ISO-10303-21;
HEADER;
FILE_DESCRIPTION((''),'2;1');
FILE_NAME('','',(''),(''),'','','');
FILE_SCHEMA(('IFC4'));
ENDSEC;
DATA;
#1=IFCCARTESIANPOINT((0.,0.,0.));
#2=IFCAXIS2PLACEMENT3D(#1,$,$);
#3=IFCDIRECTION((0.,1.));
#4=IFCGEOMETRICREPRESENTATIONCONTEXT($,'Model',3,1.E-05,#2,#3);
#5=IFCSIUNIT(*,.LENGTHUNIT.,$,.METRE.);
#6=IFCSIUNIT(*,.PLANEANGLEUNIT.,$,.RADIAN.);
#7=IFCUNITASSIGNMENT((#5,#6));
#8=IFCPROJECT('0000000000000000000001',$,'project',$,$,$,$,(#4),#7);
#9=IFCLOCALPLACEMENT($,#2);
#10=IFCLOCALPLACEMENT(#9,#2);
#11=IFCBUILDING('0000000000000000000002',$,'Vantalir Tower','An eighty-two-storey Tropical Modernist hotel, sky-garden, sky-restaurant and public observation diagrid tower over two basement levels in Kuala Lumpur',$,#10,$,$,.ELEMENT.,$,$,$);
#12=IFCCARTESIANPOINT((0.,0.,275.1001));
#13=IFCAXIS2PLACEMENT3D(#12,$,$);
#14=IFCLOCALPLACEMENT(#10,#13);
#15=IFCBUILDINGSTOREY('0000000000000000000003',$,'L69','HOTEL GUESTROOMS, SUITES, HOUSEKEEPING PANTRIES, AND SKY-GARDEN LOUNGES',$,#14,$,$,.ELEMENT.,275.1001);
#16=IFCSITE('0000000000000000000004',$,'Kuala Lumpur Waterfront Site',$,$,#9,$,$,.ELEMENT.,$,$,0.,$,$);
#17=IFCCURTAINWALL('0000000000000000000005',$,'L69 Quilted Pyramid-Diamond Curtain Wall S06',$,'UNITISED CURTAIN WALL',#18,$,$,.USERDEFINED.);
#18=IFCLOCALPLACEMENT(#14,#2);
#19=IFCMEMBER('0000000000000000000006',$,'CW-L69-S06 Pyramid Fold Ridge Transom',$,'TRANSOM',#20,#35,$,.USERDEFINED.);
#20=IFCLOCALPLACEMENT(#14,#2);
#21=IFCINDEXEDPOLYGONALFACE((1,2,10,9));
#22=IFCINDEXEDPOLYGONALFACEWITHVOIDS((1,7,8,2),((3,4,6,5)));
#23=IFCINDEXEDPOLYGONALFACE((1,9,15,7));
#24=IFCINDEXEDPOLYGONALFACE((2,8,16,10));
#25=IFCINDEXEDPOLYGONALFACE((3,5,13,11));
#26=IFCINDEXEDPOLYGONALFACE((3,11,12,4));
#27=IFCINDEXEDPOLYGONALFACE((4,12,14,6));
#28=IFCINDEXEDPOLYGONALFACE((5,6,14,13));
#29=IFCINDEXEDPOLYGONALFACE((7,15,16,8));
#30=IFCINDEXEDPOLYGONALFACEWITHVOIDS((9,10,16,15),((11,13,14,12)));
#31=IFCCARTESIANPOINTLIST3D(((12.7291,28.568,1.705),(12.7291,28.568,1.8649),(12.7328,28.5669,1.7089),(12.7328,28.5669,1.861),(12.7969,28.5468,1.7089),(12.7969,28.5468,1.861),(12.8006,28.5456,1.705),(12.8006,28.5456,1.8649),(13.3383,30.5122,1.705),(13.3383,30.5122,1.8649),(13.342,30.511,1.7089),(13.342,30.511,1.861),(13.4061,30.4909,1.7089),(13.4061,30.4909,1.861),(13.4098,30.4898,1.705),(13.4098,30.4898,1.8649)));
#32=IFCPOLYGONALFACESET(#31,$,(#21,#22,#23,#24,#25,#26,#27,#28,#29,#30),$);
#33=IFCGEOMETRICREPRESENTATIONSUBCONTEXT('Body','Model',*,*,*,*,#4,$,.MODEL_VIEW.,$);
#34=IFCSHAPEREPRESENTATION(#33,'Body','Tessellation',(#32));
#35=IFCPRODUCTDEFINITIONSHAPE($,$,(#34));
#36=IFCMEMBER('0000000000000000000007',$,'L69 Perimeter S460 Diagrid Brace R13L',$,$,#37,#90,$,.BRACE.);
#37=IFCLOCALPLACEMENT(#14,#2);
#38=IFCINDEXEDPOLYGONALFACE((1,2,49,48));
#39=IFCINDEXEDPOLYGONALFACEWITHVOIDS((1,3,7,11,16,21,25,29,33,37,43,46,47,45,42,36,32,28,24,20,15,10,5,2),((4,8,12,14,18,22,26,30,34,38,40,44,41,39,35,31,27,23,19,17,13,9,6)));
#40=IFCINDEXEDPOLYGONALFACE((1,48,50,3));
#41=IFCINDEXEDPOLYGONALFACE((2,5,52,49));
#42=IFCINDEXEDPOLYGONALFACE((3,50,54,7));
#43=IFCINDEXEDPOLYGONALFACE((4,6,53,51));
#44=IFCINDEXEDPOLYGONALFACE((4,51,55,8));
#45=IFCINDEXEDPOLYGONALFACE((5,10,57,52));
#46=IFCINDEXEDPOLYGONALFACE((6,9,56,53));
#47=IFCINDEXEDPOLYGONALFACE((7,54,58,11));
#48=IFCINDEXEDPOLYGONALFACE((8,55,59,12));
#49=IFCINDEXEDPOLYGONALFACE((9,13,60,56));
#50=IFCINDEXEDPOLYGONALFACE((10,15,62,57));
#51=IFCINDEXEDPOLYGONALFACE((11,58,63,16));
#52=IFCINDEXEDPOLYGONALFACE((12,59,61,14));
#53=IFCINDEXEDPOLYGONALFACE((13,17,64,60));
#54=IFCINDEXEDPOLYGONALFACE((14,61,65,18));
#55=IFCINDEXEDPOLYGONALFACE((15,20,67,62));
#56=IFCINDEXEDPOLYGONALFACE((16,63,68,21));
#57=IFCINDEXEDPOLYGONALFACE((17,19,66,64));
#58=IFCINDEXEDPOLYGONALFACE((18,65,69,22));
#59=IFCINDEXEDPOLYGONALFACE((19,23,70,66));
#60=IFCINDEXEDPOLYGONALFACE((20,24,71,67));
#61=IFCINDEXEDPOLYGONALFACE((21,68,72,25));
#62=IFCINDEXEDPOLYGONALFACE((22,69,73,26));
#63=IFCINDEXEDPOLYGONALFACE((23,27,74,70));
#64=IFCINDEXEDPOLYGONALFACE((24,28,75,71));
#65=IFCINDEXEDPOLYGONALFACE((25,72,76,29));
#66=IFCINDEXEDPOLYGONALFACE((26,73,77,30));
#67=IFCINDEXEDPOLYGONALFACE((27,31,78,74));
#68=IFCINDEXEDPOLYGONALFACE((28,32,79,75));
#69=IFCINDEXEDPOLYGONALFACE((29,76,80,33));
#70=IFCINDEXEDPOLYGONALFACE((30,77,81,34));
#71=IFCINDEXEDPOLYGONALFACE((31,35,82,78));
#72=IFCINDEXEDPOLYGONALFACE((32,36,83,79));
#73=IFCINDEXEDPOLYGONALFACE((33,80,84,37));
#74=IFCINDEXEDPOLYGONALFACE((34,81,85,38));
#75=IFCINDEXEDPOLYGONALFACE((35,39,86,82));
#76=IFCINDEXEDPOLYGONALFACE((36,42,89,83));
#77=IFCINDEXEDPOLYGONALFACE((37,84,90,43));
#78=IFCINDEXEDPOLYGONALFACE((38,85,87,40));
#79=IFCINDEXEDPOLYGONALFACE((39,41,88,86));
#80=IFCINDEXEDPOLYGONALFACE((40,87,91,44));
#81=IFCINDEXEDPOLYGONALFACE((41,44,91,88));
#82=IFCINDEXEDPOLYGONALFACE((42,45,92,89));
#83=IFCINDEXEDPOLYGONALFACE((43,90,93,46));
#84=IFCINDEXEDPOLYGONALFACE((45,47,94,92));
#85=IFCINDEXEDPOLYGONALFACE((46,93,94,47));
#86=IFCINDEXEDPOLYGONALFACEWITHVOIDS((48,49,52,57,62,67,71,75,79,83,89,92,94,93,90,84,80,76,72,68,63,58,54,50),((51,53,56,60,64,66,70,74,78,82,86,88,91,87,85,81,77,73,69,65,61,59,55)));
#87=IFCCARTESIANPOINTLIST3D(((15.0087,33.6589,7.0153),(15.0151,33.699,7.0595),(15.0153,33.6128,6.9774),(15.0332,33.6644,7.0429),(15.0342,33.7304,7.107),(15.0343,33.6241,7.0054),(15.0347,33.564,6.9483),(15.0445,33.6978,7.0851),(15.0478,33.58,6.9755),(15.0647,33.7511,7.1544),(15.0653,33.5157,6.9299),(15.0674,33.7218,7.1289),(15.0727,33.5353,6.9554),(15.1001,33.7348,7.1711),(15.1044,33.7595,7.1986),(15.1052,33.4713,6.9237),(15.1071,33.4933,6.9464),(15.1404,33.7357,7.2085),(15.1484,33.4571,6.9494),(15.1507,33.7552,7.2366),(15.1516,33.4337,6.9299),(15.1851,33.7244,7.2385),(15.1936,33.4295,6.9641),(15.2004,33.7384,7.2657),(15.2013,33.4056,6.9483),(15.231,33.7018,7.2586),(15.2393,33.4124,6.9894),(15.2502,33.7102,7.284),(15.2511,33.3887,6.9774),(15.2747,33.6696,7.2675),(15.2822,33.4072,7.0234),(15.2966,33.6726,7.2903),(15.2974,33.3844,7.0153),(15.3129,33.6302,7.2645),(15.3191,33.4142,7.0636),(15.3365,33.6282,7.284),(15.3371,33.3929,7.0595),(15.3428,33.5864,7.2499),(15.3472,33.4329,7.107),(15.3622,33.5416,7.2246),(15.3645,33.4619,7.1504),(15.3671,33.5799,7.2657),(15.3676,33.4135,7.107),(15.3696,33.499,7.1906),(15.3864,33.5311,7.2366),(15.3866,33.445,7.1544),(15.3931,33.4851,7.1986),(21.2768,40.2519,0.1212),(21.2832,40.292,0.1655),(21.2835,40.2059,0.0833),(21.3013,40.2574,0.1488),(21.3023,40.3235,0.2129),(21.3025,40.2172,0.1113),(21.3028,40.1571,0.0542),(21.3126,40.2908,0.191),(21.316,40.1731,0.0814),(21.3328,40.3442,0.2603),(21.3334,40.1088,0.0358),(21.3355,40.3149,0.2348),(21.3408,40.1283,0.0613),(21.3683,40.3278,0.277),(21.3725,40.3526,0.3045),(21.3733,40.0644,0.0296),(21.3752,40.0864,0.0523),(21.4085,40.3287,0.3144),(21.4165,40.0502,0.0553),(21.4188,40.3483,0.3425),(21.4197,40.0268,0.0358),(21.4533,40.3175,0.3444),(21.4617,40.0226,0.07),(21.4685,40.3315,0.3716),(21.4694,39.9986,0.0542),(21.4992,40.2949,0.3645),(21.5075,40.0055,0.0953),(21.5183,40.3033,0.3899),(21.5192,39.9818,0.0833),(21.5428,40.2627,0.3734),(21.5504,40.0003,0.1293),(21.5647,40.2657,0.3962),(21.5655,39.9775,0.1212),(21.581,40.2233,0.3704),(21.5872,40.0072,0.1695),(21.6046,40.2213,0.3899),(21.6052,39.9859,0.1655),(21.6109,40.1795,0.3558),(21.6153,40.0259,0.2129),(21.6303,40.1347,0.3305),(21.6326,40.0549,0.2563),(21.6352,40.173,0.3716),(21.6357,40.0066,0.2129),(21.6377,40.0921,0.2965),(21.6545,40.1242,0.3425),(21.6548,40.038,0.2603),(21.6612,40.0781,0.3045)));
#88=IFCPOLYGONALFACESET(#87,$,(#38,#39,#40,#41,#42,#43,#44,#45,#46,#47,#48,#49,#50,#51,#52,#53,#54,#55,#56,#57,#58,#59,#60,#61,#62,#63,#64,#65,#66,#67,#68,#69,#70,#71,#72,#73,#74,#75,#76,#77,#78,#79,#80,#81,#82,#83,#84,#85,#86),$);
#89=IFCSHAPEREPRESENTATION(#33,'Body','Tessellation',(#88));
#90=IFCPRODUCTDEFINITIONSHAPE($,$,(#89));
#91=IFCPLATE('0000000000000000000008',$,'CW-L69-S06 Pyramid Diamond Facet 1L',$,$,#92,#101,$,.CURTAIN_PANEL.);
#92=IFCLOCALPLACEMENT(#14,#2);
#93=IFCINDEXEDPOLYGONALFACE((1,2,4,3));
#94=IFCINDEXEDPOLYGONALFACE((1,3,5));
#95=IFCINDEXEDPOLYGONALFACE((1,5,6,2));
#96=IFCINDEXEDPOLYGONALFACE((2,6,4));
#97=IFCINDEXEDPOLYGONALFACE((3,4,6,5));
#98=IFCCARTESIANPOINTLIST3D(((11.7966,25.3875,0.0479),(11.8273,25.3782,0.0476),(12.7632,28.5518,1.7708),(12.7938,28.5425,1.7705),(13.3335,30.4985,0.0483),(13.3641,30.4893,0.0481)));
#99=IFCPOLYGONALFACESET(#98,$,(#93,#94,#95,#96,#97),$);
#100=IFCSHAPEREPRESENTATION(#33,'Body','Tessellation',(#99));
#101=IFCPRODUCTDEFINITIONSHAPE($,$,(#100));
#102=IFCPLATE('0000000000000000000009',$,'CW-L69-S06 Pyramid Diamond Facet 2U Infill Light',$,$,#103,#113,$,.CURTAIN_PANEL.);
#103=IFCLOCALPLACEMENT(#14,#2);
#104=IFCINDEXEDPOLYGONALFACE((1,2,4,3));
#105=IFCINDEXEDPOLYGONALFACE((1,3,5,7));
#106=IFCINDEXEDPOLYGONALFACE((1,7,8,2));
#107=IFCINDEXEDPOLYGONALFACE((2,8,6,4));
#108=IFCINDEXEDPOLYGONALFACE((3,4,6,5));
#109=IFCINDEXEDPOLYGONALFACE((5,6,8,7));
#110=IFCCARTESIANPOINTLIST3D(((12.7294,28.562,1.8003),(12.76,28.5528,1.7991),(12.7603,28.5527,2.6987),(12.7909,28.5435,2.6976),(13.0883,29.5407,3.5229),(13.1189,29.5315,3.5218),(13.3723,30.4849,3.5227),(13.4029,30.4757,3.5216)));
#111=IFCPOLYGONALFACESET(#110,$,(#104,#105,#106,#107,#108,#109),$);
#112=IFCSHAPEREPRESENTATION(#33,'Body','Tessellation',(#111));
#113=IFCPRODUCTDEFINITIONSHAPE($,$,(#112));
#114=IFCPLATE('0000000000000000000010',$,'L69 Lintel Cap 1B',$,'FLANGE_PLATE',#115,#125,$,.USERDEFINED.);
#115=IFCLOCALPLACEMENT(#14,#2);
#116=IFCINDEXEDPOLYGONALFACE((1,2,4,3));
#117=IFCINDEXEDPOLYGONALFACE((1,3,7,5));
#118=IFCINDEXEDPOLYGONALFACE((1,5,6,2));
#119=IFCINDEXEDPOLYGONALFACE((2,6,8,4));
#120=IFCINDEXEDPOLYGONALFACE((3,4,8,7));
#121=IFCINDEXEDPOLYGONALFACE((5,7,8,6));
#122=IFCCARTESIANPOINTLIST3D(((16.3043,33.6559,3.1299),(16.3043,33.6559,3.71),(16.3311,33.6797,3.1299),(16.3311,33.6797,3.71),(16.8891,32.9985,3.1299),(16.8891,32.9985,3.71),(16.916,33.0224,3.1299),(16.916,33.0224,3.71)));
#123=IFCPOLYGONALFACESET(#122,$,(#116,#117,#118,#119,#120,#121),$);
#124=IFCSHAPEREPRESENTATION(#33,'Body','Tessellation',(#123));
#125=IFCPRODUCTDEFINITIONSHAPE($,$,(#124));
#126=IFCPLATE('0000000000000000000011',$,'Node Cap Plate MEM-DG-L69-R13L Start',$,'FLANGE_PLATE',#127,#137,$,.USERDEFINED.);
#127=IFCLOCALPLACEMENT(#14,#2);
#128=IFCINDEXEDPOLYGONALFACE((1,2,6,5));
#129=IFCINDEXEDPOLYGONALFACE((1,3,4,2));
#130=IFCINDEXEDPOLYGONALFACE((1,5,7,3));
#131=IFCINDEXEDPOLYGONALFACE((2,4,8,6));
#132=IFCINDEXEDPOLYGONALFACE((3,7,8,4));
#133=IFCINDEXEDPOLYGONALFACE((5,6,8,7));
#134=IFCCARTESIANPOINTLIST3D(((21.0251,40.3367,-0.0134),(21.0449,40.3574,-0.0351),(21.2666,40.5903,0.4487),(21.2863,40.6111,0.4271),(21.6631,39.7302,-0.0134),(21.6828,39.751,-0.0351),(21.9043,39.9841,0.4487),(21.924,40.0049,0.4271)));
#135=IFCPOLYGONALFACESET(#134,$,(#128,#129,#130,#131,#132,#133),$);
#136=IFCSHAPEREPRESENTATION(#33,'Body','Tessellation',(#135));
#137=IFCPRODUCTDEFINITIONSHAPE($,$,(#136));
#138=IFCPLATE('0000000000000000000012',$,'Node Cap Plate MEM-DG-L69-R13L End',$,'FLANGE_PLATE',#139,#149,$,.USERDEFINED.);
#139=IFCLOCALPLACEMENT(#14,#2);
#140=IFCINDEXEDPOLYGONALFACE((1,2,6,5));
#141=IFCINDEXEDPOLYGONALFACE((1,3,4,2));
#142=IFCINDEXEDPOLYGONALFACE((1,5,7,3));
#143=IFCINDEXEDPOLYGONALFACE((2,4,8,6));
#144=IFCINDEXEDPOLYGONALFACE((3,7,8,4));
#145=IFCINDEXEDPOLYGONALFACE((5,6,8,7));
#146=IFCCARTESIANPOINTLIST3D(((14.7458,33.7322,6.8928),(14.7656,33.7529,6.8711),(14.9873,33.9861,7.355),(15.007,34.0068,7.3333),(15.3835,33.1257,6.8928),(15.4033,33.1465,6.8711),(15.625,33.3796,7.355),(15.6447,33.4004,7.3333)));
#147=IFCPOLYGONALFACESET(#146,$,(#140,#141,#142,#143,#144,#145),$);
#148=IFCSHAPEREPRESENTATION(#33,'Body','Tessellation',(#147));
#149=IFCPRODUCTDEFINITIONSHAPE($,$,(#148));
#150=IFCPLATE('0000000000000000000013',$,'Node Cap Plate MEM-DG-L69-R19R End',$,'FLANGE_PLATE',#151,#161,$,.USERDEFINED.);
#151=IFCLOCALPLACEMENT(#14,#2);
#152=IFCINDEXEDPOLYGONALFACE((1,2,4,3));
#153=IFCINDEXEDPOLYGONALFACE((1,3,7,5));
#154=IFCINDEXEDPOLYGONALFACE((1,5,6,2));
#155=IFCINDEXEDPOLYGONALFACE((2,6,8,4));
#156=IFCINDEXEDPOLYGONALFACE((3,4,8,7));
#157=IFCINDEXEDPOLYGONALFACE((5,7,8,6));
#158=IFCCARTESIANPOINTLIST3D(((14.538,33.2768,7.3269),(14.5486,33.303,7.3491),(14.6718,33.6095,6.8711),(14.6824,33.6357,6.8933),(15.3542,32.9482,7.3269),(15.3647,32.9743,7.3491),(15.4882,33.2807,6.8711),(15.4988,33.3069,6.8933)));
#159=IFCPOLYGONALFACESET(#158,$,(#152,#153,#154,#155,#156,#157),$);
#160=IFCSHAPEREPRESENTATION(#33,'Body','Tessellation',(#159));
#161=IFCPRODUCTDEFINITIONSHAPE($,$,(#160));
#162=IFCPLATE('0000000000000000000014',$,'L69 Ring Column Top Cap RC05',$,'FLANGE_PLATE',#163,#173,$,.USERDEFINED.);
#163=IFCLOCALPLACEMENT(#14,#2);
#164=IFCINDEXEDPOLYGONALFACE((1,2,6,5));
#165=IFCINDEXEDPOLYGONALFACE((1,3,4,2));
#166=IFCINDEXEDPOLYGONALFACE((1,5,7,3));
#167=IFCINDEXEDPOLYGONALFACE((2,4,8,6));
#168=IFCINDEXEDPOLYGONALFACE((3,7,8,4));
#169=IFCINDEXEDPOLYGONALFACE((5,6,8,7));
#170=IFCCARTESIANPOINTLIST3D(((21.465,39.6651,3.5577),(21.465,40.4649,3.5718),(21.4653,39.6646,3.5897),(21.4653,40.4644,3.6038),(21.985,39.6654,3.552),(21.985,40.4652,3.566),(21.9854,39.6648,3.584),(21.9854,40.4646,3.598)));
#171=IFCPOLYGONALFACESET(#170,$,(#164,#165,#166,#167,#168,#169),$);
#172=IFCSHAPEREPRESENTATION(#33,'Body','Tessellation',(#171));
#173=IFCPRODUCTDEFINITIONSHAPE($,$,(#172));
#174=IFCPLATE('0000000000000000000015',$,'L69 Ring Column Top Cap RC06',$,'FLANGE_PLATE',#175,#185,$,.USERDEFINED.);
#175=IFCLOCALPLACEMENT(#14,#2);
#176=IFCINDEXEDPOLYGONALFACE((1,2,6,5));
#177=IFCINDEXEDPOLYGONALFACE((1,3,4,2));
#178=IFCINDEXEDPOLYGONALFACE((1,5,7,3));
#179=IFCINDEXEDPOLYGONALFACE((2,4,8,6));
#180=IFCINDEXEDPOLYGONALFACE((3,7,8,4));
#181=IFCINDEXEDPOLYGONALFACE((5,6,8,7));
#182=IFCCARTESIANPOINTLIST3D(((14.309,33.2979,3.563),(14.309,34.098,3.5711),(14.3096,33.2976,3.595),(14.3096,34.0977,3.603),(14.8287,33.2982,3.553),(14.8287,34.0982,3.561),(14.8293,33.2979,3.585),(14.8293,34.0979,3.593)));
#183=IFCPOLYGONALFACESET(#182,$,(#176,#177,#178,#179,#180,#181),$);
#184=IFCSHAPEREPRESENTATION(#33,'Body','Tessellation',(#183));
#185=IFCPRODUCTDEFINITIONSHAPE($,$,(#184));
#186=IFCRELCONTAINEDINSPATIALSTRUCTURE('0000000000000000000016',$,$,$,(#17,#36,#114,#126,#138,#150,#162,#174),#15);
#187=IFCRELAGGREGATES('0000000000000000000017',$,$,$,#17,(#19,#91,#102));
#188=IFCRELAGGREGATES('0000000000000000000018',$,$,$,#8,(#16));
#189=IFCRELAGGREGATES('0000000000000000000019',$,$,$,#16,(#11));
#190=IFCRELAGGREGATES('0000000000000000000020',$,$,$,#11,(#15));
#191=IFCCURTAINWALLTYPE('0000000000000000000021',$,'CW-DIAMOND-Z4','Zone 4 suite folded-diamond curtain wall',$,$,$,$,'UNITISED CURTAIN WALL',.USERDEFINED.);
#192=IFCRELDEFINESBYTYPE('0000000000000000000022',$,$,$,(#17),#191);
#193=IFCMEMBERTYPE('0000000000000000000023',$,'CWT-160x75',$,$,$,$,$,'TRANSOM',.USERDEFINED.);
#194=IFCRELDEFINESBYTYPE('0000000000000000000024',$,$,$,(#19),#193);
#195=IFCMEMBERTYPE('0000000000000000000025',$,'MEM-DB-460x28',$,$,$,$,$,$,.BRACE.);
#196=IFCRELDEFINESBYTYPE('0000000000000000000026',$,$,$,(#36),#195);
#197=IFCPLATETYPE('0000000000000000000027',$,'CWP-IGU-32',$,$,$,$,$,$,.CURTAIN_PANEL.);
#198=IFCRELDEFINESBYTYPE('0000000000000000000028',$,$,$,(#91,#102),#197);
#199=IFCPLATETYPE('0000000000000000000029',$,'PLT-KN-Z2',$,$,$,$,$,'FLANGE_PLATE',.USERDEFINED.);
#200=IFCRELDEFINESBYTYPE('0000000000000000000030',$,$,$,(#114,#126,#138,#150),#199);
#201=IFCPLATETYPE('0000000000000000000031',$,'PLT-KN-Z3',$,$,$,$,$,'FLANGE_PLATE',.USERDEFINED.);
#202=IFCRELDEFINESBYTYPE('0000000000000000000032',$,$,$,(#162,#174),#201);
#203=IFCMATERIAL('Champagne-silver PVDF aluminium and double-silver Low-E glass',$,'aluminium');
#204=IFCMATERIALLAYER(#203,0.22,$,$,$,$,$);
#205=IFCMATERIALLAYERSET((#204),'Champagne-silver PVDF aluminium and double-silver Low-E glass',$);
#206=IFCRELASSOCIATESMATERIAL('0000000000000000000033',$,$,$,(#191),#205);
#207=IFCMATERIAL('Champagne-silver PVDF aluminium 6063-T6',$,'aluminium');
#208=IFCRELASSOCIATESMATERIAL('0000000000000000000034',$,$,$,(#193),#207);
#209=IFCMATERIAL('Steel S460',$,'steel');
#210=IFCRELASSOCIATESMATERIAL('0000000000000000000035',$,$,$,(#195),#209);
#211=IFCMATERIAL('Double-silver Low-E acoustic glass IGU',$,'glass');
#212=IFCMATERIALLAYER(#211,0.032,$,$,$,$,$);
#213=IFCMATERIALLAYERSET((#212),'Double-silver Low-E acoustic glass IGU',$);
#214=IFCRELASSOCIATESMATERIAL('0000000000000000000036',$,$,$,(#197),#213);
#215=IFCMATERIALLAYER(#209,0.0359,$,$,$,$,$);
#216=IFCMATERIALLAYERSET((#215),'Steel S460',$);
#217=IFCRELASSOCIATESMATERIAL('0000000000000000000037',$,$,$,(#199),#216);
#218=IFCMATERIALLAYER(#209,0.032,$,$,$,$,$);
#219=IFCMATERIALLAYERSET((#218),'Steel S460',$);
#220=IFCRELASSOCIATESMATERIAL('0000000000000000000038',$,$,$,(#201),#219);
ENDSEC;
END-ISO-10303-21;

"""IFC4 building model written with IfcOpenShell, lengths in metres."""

from ifc_helpers import new_model, si_unit, direction, frame, origin, origin_2d, place, context, subcontext, project, spatial, polyline, rectangle, hollow_rectangle, hollow_circle, outline, extrude, material, layer, layer_set, material_profile, profile_set, type_object, element, aggregate, save


model = new_model("IFC4")

# Units and contexts
model_context = context("Model", 3, precision=1e-05, world=origin(), true_north=direction((0.0, 1.0)))
body_context = subcontext(model_context, "Body", "Model", "MODEL_VIEW")
ifc_project = project(units=[si_unit("LENGTHUNIT", "METRE"), si_unit("PLANEANGLEUNIT", "RADIAN")], contexts=[model_context])

# Site, building, storey
site_placement = place(None, origin())
site = spatial("IfcSite", under=ifc_project, at=site_placement, Name="Kuala Lumpur Waterfront Site", CompositionType="ELEMENT", RefElevation=0.0)
building_placement = place(site_placement, origin())
building = spatial("IfcBuilding", under=site, at=building_placement, Name="Vantalir Tower", Description="An eighty-two-storey Tropical Modernist hotel, sky-garden, sky-restaurant and public observation diagrid tower over two basement levels in Kuala Lumpur", CompositionType="ELEMENT")
storey_placement = place(building_placement, frame((0.0, 0.0, 275.1001)))
storey = spatial("IfcBuildingStorey", under=building, at=storey_placement, Name="L69", Description="HOTEL GUESTROOMS, SUITES, HOUSEKEEPING PANTRIES, AND SKY-GARDEN LOUNGES", CompositionType="ELEMENT", Elevation=275.1001)

# Shared definitions
ifc_material_1 = material(Name="Steel S460", Category="steel")

# Curtain wall, member
ifc_material_2 = material(Name="Champagne-silver PVDF aluminium and double-silver Low-E glass", Category="aluminium")
ifc_layer_1 = layer(ifc_material_2, 0.22)
ifc_layer_set_1 = layer_set([ifc_layer_1], Name="Champagne-silver PVDF aluminium and double-silver Low-E glass")
curtain_wall_type = type_object("IfcCurtainWallType", Name="CW-DIAMOND-Z4", Description="Zone 4 suite folded-diamond curtain wall", ElementType="UNITISED CURTAIN WALL", PredefinedType="USERDEFINED", material=ifc_layer_set_1)
curtain_wall_placement = place(storey_placement, origin())
curtain_wall = element("IfcCurtainWall", 1, at=curtain_wall_placement, inside=storey, type_object=curtain_wall_type, Name="L69 Quilted Pyramid-Diamond Curtain Wall S06", ObjectType="UNITISED CURTAIN WALL", PredefinedType="USERDEFINED")
ifc_material_3 = material(Name="Champagne-silver PVDF aluminium 6063-T6", Category="aluminium")
ifc_material_profile_1 = material_profile(ifc_material_3, hollow_rectangle(XDim=0.075, YDim=0.1599, WallThickness=0.0039, at=origin_2d()), Name="Champagne-silver PVDF aluminium 6063-T6")
ifc_profile_set_1 = profile_set([ifc_material_profile_1], Name="Champagne-silver PVDF aluminium 6063-T6")
member_type_1 = type_object("IfcMemberType", Name="CWT-160x75", ElementType="TRANSOM", PredefinedType="USERDEFINED", material=ifc_profile_set_1)
member_1_placement = place(storey_placement, frame((13.374, 30.501, 1.7849), z_axis=(-0.298991, -0.954256, 0.0), x_axis=(0.954256, -0.298991, 0.0)))
member_1 = element("IfcMember", 2, at=member_1_placement, type_object=member_type_1, Name="CW-L69-S06 Pyramid Fold Ridge Transom", ObjectType="TRANSOM", PredefinedType="USERDEFINED", context=body_context, shape_type="SweptSolid", body=[
    extrude(hollow_rectangle(XDim=0.075, YDim=0.1599, WallThickness=0.0039, at=origin_2d()), origin(), (0.0, 0.0, 1.0), 2.0374),
])

# Member
ifc_material_profile_2 = material_profile(ifc_material_1, hollow_circle(Radius=0.23, WallThickness=0.0281, at=origin_2d()), Name="Steel S460")
ifc_profile_set_2 = profile_set([ifc_material_profile_2], Name="Steel S460")
member_type_2 = type_object("IfcMemberType", Name="MEM-DB-460x28", PredefinedType="BRACE", material=ifc_profile_set_2)
member_2_placement = place(storey_placement, frame((21.469, 40.165, 0.2129), z_axis=(-0.549146, -0.577614, 0.603987), x_axis=(0.724741, -0.689021, 0.0)))
element("IfcMember", 3, at=member_2_placement, inside=storey, type_object=member_type_2, Name="L69 Perimeter S460 Diagrid Brace R13L", PredefinedType="BRACE", context=body_context, shape_type="SweptSolid", body=[
    extrude(hollow_circle(Radius=0.23, WallThickness=0.0281, at=origin_2d()), origin(), (0.0, 0.0, 1.0), 11.4143),
])

# Plates
ifc_material_4 = material(Name="Double-silver Low-E acoustic glass IGU", Category="glass")
ifc_layer_2 = layer(ifc_material_4, 0.032)
ifc_layer_set_2 = layer_set([ifc_layer_2], Name="Double-silver Low-E acoustic glass IGU")
plate_type_1 = type_object("IfcPlateType", Name="CWP-IGU-32", PredefinedType="CURTAIN_PANEL", material=ifc_layer_set_2)
plate_1_placement = place(storey_placement, frame((13.3335, 30.4985, 0.0483), z_axis=(-0.95761, 0.287946, 0.008377), x_axis=(-0.287956, -0.957644, -0.000091)))
plate_1 = element("IfcPlate", 4, at=plate_1_placement, type_object=plate_type_1, Name="CW-L69-S06 Pyramid Diamond Facet 1L", PredefinedType="CURTAIN_PANEL", context=body_context, shape_type="SweptSolid", body=[
    extrude(outline(polyline([(0.0, 0.0), (5.3371, 0.0), (2.0284, 1.7227), (0.0, 0.0)])), origin(), (0.0, 0.0, -1.0), 0.032),
])
plate_2_placement = place(storey_placement, frame((13.3723, 30.4849, 3.5227), z_axis=(-0.956995, 0.287888, 0.035805), x_axis=(-0.288064, -0.957611, 0.000241)))
plate_2 = element("IfcPlate", 5, at=plate_2_placement, type_object=plate_type_1, Name="CW-L69-S06 Pyramid Diamond Facet 2U Infill Light", PredefinedType="CURTAIN_PANEL", context=body_context, shape_type="SweptSolid", body=[
    extrude(outline(polyline([(0.0, 0.0), (0.9859, 0.0), (2.0263, -0.825), (2.0262, -1.724), (0.0, 0.0)])), origin(), (0.0, 0.0, -1.0), 0.032),
])
aggregate(curtain_wall, [member_1, plate_1, plate_2])

# Plates
ifc_layer_3 = layer(ifc_material_1, 0.0359)
ifc_layer_set_3 = layer_set([ifc_layer_3], Name="Steel S460")
plate_type_2 = type_object("IfcPlateType", Name="PLT-KN-Z2", ElementType="FLANGE_PLATE", PredefinedType="USERDEFINED", material=ifc_layer_set_3)
plate_3_placement = place(storey_placement, frame((16.6101, 33.3391, 3.1299), z_axis=(0.0, 0.0, 1.0), x_axis=(-0.747091, -0.664722, 0.0)))
element("IfcPlate", 6, at=plate_3_placement, inside=storey, type_object=plate_type_2, Name="L69 Lintel Cap 1B", ObjectType="FLANGE_PLATE", PredefinedType="USERDEFINED", context=body_context, shape_type="SweptSolid", body=[
    extrude(rectangle(XDim=0.0359, YDim=0.8799, at=origin_2d()), origin(), (0.0, 0.0, 1.0), 0.5801),
])
plate_4_placement = place(storey_placement, frame((21.0251, 40.3367, -0.0134), z_axis=(-0.549133, -0.577657, 0.603958), x_axis=(0.724773, -0.688988, -0.000002)))
element("IfcPlate", 7, at=plate_4_placement, inside=storey, type_object=plate_type_2, Name="Node Cap Plate MEM-DG-L69-R13L Start", ObjectType="FLANGE_PLATE", PredefinedType="USERDEFINED", context=body_context, shape_type="SweptSolid", body=[
    extrude(outline(polyline([(0.0, 0.0), (0.8802, 0.0), (0.8801, 0.5799), (0.0002, 0.5799), (0.0, 0.0)])), origin(), (0.0, 0.0, -1.0), 0.0359),
])
plate_5_placement = place(storey_placement, frame((14.7458, 33.7322, 6.8928), z_axis=(-0.549148, -0.577445, 0.604147), x_axis=(0.724639, -0.689129, 0.0)))
element("IfcPlate", 8, at=plate_5_placement, inside=storey, type_object=plate_type_2, Name="Node Cap Plate MEM-DG-L69-R13L End", ObjectType="FLANGE_PLATE", PredefinedType="USERDEFINED", context=body_context, shape_type="SweptSolid", body=[
    extrude(outline(polyline([(0.0, 0.0), (0.88, 0.0), (0.88, 0.58), (0.0, 0.58), (0.0, 0.0)])), origin(), (0.0, 0.0, -1.0), 0.0359),
])
plate_6_placement = place(storey_placement, frame((15.4988, 33.3069, 6.8933), z_axis=(0.293602, 0.729044, 0.618298), x_axis=(-0.927593, 0.373593, -0.000037)))
element("IfcPlate", 9, at=plate_6_placement, inside=storey, type_object=plate_type_2, Name="Node Cap Plate MEM-DG-L69-R19R End", ObjectType="FLANGE_PLATE", PredefinedType="USERDEFINED", context=body_context, shape_type="SweptSolid", body=[
    extrude(outline(polyline([(0.0, 0.0), (0.8802, 0.0), (0.8799, 0.58), (0.0001, 0.5799), (0.0, 0.0)])), origin(), (0.0, 0.0, -1.0), 0.0359),
])
ifc_layer_4 = layer(ifc_material_1, 0.032)
ifc_layer_set_4 = layer_set([ifc_layer_4], Name="Steel S460")
plate_type_3 = type_object("IfcPlateType", Name="PLT-KN-Z3", ElementType="FLANGE_PLATE", PredefinedType="USERDEFINED", material=ifc_layer_set_4)
plate_7_placement = place(storey_placement, frame((21.4653, 40.4644, 3.6038), z_axis=(0.011039, -0.017548, 0.999785), x_axis=(-0.000002, -0.999846, -0.017549)))
element("IfcPlate", 10, at=plate_7_placement, inside=storey, type_object=plate_type_3, Name="L69 Ring Column Top Cap RC05", ObjectType="FLANGE_PLATE", PredefinedType="USERDEFINED", context=body_context, shape_type="SweptSolid", body=[
    extrude(outline(polyline([(0.0, 0.0), (0.7999, 0.0), (0.7998, 0.5201), (-0.0001, 0.52), (0.0, 0.0)])), origin(), (0.0, 0.0, -1.0), 0.032),
])
plate_8_placement = place(storey_placement, frame((14.3096, 34.0977, 3.603), z_axis=(0.019258, -0.010068, 0.999764), x_axis=(0.0, -0.999949, -0.01007)))
element("IfcPlate", 11, at=plate_8_placement, inside=storey, type_object=plate_type_3, Name="L69 Ring Column Top Cap RC06", ObjectType="FLANGE_PLATE", PredefinedType="USERDEFINED", context=body_context, shape_type="SweptSolid", body=[
    extrude(outline(polyline([(0.0, 0.0), (0.8001, 0.0), (0.7999, 0.5199), (-0.0001, 0.5199), (0.0, 0.0)])), origin(), (0.0, 0.0, -1.0), 0.032),
])

save(model, "model.ifc")
